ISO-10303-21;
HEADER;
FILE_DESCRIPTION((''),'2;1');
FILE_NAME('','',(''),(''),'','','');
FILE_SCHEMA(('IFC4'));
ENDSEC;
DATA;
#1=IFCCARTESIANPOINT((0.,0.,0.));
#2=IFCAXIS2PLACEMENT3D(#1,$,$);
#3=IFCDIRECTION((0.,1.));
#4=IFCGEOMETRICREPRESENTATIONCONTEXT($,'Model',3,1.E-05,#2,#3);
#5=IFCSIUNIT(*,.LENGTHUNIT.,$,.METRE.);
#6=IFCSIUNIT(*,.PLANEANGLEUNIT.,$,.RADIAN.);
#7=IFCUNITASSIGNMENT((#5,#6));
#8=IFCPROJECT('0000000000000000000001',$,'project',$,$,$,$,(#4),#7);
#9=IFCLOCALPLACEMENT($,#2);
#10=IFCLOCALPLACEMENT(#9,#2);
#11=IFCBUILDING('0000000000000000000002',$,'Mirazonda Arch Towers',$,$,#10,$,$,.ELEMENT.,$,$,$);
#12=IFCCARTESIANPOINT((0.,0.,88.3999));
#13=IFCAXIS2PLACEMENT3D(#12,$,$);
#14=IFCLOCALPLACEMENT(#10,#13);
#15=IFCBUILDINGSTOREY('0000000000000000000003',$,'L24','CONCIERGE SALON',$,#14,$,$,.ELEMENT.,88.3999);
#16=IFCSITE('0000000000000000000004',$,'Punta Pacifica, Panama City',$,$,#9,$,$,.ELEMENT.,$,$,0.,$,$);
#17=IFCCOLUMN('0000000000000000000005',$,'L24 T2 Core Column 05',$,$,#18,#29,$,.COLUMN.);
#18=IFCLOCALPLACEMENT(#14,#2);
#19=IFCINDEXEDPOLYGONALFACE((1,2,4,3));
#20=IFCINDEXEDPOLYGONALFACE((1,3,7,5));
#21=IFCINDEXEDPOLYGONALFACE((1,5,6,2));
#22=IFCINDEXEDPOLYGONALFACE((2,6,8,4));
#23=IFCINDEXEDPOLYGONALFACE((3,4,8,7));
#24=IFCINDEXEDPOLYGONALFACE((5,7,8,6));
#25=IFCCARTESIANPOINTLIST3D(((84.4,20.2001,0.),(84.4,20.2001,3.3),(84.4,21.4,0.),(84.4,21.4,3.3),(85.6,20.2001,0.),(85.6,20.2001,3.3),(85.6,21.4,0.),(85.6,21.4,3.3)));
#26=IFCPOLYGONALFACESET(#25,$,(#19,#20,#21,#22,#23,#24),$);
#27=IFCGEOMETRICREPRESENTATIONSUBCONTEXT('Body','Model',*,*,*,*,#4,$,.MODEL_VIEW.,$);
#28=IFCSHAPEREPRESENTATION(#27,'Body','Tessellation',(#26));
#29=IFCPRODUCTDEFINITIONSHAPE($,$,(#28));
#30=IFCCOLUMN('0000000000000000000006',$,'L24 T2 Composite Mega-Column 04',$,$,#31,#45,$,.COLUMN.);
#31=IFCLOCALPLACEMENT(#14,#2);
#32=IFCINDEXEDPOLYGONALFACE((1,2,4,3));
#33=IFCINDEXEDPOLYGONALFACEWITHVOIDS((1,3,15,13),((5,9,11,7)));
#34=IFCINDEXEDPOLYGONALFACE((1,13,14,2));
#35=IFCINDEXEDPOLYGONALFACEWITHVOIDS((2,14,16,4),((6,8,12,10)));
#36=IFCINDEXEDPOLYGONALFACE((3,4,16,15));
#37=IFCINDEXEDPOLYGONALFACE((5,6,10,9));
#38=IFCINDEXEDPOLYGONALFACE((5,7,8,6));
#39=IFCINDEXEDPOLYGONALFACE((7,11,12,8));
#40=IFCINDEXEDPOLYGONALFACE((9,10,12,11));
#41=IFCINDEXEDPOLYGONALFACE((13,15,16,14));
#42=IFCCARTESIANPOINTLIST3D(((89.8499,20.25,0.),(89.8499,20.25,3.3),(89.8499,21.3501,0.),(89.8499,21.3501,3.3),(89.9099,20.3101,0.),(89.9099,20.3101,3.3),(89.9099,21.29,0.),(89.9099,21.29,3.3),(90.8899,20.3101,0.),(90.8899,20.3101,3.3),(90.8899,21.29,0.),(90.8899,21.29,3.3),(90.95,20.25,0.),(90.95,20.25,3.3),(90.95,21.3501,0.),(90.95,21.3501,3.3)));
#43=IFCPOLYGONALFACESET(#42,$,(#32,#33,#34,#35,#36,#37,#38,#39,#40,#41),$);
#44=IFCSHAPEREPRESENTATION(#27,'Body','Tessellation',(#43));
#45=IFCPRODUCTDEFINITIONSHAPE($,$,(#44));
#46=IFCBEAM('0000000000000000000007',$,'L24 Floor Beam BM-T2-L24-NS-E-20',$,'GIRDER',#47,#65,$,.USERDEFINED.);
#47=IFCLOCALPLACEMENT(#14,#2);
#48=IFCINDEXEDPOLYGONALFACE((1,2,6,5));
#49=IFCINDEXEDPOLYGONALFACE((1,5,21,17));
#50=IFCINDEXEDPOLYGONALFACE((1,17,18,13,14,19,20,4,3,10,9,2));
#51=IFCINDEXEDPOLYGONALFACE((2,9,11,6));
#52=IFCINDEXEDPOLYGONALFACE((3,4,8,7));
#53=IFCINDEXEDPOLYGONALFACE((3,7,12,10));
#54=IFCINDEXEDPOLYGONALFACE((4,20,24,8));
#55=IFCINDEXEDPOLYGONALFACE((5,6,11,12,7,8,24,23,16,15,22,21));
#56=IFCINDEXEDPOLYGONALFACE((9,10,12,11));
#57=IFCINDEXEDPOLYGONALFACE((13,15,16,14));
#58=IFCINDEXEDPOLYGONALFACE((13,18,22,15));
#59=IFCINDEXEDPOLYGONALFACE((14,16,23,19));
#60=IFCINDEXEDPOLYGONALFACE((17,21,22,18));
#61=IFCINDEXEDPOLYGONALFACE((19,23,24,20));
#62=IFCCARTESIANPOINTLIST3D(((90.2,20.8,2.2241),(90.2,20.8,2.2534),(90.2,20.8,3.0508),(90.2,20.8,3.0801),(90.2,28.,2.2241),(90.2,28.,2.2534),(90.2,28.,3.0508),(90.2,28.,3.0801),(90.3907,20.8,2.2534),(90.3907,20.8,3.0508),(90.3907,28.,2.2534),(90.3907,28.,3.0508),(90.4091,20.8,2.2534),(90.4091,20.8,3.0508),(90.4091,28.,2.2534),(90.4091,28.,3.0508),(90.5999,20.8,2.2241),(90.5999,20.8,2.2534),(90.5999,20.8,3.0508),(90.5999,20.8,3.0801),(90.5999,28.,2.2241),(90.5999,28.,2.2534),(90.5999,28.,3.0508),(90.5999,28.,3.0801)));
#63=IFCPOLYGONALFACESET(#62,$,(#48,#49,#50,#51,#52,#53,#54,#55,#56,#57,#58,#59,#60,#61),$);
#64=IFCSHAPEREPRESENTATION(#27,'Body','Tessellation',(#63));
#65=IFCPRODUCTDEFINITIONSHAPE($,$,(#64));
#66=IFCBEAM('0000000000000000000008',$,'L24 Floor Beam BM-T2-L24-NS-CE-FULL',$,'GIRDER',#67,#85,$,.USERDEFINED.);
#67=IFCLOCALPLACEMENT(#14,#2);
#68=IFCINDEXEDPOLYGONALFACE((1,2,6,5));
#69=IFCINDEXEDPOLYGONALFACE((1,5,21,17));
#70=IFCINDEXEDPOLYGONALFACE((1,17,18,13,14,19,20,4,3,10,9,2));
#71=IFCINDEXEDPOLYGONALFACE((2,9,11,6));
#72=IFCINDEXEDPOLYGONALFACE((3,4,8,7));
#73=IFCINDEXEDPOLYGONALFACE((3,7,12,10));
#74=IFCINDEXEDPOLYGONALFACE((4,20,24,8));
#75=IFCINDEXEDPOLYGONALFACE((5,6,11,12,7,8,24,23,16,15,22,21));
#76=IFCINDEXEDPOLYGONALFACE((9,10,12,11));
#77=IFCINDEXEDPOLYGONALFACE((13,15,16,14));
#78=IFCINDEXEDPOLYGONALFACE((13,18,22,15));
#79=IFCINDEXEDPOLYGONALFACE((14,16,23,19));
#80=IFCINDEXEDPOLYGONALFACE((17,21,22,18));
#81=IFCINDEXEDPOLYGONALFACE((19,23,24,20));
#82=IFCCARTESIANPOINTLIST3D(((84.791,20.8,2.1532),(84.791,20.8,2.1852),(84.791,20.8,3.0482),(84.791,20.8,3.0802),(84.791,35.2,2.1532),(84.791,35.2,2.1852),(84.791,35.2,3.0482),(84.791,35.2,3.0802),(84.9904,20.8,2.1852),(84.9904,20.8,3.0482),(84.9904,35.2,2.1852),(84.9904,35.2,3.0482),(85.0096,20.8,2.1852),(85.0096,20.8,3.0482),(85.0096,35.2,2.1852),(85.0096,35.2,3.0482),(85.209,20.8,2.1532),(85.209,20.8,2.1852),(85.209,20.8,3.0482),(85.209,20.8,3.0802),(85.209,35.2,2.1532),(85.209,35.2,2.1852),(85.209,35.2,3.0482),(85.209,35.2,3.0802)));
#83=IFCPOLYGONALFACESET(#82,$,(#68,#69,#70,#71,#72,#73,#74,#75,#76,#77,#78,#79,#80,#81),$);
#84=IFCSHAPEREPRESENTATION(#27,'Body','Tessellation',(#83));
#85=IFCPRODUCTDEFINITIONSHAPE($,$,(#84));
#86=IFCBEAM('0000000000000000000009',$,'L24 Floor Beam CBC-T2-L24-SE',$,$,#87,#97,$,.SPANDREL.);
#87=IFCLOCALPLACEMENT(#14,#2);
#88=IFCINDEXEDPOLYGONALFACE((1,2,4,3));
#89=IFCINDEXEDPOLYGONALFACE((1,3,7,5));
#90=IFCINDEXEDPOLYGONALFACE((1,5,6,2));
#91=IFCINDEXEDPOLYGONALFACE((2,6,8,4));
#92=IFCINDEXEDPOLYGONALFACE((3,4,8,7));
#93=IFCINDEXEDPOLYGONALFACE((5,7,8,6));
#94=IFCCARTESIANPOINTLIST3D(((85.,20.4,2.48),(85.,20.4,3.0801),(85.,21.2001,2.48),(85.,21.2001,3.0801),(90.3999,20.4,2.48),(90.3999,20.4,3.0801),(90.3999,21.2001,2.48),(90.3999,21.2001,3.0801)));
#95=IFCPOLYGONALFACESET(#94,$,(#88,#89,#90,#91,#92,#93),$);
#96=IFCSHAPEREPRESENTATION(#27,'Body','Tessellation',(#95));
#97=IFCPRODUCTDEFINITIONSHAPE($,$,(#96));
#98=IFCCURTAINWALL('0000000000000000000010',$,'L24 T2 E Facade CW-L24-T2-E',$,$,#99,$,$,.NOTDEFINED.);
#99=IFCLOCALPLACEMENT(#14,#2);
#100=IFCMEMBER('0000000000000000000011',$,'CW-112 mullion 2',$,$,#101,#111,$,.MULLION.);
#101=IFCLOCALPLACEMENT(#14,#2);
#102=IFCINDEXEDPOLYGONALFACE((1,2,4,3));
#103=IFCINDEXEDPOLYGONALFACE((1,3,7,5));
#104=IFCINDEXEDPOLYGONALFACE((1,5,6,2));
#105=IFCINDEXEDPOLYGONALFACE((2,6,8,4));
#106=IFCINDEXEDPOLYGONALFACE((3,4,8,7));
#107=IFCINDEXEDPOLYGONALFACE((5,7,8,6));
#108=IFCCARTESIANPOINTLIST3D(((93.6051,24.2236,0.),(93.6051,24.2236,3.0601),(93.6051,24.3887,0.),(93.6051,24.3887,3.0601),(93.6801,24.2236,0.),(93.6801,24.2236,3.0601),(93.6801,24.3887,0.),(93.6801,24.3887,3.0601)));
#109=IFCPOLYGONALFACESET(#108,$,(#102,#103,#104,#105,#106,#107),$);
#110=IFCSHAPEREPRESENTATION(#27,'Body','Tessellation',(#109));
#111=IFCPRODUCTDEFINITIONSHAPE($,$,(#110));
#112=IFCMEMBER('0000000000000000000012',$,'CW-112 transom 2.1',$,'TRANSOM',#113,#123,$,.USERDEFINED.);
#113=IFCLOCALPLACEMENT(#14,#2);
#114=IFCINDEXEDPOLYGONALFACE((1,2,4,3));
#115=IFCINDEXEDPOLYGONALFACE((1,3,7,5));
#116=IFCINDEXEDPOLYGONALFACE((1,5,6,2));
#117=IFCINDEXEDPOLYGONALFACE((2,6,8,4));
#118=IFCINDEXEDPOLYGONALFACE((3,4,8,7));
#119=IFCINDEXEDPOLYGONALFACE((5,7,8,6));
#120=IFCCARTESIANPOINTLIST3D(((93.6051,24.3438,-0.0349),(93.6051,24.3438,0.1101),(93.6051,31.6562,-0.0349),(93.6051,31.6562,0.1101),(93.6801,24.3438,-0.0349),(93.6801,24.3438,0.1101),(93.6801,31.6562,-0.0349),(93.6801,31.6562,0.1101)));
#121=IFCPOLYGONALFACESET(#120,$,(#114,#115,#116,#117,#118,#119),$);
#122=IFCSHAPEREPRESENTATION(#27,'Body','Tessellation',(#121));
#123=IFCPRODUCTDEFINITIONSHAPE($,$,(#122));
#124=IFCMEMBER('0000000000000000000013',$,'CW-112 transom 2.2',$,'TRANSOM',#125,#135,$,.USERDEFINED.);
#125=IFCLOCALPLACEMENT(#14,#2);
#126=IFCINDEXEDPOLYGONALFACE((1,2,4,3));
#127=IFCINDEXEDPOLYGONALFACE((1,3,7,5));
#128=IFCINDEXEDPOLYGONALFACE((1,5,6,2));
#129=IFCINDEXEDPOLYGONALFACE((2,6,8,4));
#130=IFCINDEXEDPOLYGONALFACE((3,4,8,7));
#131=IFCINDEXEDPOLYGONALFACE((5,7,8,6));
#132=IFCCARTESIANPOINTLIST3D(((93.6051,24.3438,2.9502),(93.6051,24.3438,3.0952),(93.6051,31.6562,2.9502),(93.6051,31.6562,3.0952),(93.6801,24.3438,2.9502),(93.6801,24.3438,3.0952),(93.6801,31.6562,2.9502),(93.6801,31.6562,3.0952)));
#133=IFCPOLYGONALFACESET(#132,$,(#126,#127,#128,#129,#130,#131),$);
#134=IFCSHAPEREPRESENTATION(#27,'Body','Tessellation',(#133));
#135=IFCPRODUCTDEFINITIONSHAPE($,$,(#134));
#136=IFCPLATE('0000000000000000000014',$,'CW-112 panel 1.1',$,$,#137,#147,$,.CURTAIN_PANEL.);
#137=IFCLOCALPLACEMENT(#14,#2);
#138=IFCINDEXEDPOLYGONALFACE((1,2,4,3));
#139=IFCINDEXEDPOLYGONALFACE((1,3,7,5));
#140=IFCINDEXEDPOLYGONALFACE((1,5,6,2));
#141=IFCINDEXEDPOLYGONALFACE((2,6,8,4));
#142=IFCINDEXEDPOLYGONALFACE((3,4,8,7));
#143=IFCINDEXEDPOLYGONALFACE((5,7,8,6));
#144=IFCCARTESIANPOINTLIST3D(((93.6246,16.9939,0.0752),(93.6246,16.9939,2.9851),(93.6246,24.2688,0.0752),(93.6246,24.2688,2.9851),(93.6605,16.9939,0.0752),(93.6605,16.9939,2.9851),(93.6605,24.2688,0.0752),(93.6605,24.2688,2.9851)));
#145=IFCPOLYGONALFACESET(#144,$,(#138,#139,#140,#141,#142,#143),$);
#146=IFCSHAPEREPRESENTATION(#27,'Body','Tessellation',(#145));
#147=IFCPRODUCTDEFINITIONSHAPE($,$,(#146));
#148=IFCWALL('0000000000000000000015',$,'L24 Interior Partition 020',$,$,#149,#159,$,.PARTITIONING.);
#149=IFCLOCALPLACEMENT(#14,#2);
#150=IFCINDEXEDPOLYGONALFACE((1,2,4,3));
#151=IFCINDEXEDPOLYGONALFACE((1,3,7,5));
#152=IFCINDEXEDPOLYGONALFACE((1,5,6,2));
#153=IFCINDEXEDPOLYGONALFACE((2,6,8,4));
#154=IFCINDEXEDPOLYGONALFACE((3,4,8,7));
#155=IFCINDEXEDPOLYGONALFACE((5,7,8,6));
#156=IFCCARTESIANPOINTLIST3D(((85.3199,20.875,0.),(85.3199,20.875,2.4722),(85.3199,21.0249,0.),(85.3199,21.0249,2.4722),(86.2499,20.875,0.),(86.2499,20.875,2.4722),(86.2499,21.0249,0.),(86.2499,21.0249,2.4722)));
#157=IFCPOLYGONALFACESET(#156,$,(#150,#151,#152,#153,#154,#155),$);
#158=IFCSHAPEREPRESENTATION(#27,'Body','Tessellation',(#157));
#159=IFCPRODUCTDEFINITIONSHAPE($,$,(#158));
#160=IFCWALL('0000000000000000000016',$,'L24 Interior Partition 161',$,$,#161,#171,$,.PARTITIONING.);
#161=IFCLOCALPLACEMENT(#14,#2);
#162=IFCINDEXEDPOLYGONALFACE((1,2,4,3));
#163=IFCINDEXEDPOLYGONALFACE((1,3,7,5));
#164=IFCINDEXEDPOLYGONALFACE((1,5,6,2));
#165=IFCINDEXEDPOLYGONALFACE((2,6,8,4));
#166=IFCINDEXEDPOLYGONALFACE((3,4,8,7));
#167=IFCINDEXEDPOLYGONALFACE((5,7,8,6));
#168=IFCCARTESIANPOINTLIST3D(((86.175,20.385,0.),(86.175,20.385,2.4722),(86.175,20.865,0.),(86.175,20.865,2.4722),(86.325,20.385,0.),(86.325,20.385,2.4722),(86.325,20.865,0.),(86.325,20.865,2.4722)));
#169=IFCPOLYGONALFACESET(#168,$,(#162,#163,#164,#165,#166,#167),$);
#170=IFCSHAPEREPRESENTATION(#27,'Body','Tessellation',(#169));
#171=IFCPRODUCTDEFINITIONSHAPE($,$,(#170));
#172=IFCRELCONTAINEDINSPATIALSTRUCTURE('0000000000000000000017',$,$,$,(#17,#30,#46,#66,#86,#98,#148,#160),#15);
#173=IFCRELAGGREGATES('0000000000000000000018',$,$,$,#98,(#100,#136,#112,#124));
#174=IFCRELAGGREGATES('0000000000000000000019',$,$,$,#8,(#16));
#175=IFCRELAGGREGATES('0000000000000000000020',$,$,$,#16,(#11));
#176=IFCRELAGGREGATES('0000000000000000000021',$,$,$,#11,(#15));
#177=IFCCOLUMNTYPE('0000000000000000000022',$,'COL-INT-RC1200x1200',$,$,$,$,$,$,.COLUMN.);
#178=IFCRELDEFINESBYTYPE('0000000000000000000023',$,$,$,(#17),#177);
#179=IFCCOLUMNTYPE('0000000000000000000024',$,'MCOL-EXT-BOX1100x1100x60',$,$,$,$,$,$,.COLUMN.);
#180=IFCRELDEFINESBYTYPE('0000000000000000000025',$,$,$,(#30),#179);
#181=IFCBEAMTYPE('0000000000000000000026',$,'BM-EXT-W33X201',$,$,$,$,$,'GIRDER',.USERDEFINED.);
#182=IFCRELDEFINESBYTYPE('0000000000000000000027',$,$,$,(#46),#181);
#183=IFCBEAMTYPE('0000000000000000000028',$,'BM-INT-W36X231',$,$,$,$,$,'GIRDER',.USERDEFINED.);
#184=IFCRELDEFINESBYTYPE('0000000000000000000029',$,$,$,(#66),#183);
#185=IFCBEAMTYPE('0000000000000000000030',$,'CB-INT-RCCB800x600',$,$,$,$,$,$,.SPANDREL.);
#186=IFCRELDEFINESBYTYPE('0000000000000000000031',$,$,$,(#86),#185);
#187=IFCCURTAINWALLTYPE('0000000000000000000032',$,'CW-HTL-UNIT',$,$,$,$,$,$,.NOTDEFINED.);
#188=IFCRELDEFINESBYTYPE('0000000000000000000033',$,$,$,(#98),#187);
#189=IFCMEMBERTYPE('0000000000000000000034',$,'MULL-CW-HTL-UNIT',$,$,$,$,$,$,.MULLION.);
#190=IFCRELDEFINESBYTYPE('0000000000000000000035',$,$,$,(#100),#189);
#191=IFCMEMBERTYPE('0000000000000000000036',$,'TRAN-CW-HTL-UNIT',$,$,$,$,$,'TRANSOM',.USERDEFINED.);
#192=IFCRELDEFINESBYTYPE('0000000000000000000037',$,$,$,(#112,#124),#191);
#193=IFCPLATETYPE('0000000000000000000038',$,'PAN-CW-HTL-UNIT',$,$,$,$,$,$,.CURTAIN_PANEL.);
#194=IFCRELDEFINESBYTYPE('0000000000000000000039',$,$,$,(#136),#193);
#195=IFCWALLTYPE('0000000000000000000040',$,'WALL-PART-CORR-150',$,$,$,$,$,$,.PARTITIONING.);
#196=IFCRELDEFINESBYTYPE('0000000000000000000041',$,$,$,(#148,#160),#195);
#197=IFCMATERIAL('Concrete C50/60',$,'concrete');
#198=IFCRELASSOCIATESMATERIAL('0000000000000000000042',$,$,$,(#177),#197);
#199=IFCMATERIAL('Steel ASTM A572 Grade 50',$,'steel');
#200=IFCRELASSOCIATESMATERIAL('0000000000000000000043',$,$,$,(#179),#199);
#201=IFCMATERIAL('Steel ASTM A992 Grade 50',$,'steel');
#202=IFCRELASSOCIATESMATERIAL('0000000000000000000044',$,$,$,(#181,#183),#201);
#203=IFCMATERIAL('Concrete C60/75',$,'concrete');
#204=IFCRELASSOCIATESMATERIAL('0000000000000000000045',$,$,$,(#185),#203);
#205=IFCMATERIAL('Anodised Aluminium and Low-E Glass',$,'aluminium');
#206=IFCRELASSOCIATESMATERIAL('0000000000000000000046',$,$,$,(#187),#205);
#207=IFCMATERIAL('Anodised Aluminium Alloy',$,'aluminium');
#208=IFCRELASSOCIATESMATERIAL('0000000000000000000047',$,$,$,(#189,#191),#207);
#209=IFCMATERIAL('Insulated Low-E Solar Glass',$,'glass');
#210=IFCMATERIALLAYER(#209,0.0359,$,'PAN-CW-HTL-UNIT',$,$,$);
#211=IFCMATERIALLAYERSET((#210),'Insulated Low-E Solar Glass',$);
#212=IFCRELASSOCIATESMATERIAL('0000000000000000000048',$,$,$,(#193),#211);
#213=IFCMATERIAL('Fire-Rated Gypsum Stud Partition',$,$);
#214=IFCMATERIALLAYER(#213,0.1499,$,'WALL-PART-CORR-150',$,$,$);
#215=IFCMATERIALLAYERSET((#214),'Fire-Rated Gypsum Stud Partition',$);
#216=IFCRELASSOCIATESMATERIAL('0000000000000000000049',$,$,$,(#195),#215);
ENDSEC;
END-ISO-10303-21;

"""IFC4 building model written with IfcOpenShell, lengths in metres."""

from ifc_helpers import new_model, si_unit, direction, frame, frame_2d, origin, origin_2d, place, context, subcontext, project, spatial, rectangle, hollow_rectangle, i_section, extrude, material, layer, layer_set, material_profile, profile_set, type_object, element, aggregate, save


model = new_model("IFC4")

# Units and contexts
model_context = context("Model", 3, precision=1e-05, world=origin(), true_north=direction((0.0, 1.0)))
body_context = subcontext(model_context, "Body", "Model", "MODEL_VIEW")
ifc_project = project(units=[si_unit("LENGTHUNIT", "METRE"), si_unit("PLANEANGLEUNIT", "RADIAN")], contexts=[model_context])

# Site, building, storey
site_placement = place(None, origin())
site = spatial("IfcSite", under=ifc_project, at=site_placement, Name="Punta Pacifica, Panama City", CompositionType="ELEMENT", RefElevation=0.0)
building_placement = place(site_placement, origin())
building = spatial("IfcBuilding", under=site, at=building_placement, Name="Mirazonda Arch Towers", CompositionType="ELEMENT")
storey_placement = place(building_placement, frame((0.0, 0.0, 88.3999)))
storey = spatial("IfcBuildingStorey", under=building, at=storey_placement, Name="L24", Description="CONCIERGE SALON", CompositionType="ELEMENT", Elevation=88.3999)

# Columns
ifc_material_1 = material(Name="Concrete C50/60", Category="concrete")
ifc_material_profile_1 = material_profile(ifc_material_1, rectangle(XDim=1.2, YDim=1.2, at=origin_2d()), Name="RC1200x1200")
ifc_profile_set_1 = profile_set([ifc_material_profile_1], Name="Concrete C50/60")
column_type_1 = type_object("IfcColumnType", Name="COL-INT-RC1200x1200", PredefinedType="COLUMN", material=ifc_profile_set_1)
column_1_placement = place(storey_placement, frame((85.0, 20.8, 0.0), z_axis=(0.0, 0.0, 1.0), x_axis=(1.0, 0.0, 0.0)))
element("IfcColumn", 1, at=column_1_placement, inside=storey, type_object=column_type_1, Name="L24 T2 Core Column 05", PredefinedType="COLUMN", context=body_context, shape_type="SweptSolid", body=[
    extrude(rectangle(XDim=1.2, YDim=1.2, at=origin_2d()), origin(), (0.0, 0.0, 1.0), 3.3),
])
ifc_material_2 = material(Name="Steel ASTM A572 Grade 50", Category="steel")
ifc_material_profile_2 = material_profile(ifc_material_2, hollow_rectangle(XDim=1.1001, YDim=1.1001, WallThickness=0.0601, at=origin_2d()), Name="BOX1100x1100x60")
ifc_profile_set_2 = profile_set([ifc_material_profile_2], Name="Steel ASTM A572 Grade 50")
column_type_2 = type_object("IfcColumnType", Name="MCOL-EXT-BOX1100x1100x60", PredefinedType="COLUMN", material=ifc_profile_set_2)
column_2_placement = place(storey_placement, frame((90.3999, 20.8, 0.0), z_axis=(0.0, 0.0, 1.0), x_axis=(1.0, 0.0, 0.0)))
element("IfcColumn", 2, at=column_2_placement, inside=storey, type_object=column_type_2, Name="L24 T2 Composite Mega-Column 04", PredefinedType="COLUMN", context=body_context, shape_type="SweptSolid", body=[
    extrude(hollow_rectangle(XDim=1.1001, YDim=1.1001, WallThickness=0.0601, at=origin_2d()), origin(), (0.0, 0.0, 1.0), 3.3),
])

# Beams
ifc_material_3 = material(Name="Steel ASTM A992 Grade 50", Category="steel")
ifc_material_profile_3 = material_profile(ifc_material_3, i_section(OverallWidth=0.3999, OverallDepth=0.856, WebThickness=0.0183, FlangeThickness=0.0293, at=origin_2d()), Name="W33X201")
ifc_profile_set_3 = profile_set([ifc_material_profile_3], Name="Steel ASTM A992 Grade 50")
beam_type_1 = type_object("IfcBeamType", Name="BM-EXT-W33X201", ElementType="GIRDER", PredefinedType="USERDEFINED", material=ifc_profile_set_3)
beam_1_placement = place(storey_placement, frame((90.3999, 20.8, 2.6521), z_axis=(0.0, 1.0, 0.0), x_axis=(-1.0, 0.0, 0.0)))
element("IfcBeam", 3, at=beam_1_placement, inside=storey, type_object=beam_type_1, Name="L24 Floor Beam BM-T2-L24-NS-E-20", ObjectType="GIRDER", PredefinedType="USERDEFINED", context=body_context, shape_type="SweptSolid", body=[
    extrude(i_section(OverallWidth=0.3999, OverallDepth=0.856, WebThickness=0.0183, FlangeThickness=0.0293, at=origin_2d()), origin(), (0.0, 0.0, 1.0), 7.2),
])
ifc_material_profile_4 = material_profile(ifc_material_3, i_section(OverallWidth=0.418, OverallDepth=0.927, WebThickness=0.0193, FlangeThickness=0.032, at=origin_2d()), Name="W36X231")
ifc_profile_set_4 = profile_set([ifc_material_profile_4], Name="Steel ASTM A992 Grade 50")
beam_type_2 = type_object("IfcBeamType", Name="BM-INT-W36X231", ElementType="GIRDER", PredefinedType="USERDEFINED", material=ifc_profile_set_4)
beam_2_placement = place(storey_placement, frame((85.0, 20.8, 2.6167), z_axis=(0.0, 1.0, 0.0), x_axis=(-1.0, 0.0, 0.0)))
element("IfcBeam", 4, at=beam_2_placement, inside=storey, type_object=beam_type_2, Name="L24 Floor Beam BM-T2-L24-NS-CE-FULL", ObjectType="GIRDER", PredefinedType="USERDEFINED", context=body_context, shape_type="SweptSolid", body=[
    extrude(i_section(OverallWidth=0.418, OverallDepth=0.927, WebThickness=0.0193, FlangeThickness=0.032, at=origin_2d()), origin(), (0.0, 0.0, 1.0), 14.3999),
])
ifc_material_4 = material(Name="Concrete C60/75", Category="concrete")
ifc_material_profile_5 = material_profile(ifc_material_4, rectangle(XDim=0.8, YDim=0.6001, at=origin_2d()), Name="RCCB800x600")
ifc_profile_set_5 = profile_set([ifc_material_profile_5], Name="Concrete C60/75")
beam_type_3 = type_object("IfcBeamType", Name="CB-INT-RCCB800x600", PredefinedType="SPANDREL", material=ifc_profile_set_5)
beam_3_placement = place(storey_placement, frame((85.0, 20.8, 2.78), z_axis=(1.0, 0.0, 0.0), x_axis=(0.0, 1.0, 0.0)))
element("IfcBeam", 5, at=beam_3_placement, inside=storey, type_object=beam_type_3, Name="L24 Floor Beam CBC-T2-L24-SE", PredefinedType="SPANDREL", context=body_context, shape_type="SweptSolid", body=[
    extrude(rectangle(XDim=0.8, YDim=0.6001, at=origin_2d()), origin(), (0.0, 0.0, 1.0), 5.3999),
])

# Curtain wall, members, plate
ifc_material_5 = material(Name="Anodised Aluminium and Low-E Glass", Category="aluminium")
curtain_wall_type = type_object("IfcCurtainWallType", Name="CW-HTL-UNIT", PredefinedType="NOTDEFINED", material=ifc_material_5)
curtain_wall_placement = place(storey_placement, origin())
curtain_wall = element("IfcCurtainWall", 6, at=curtain_wall_placement, inside=storey, type_object=curtain_wall_type, Name="L24 T2 E Facade CW-L24-T2-E", PredefinedType="NOTDEFINED")
ifc_material_6 = material(Name="Anodised Aluminium Alloy", Category="aluminium")
ifc_material_profile_6 = material_profile(ifc_material_6, rectangle(XDim=0.075, YDim=0.165, at=origin_2d()), Name="ALU-MULL-75x165")
ifc_profile_set_6 = profile_set([ifc_material_profile_6], Name="Anodised Aluminium Alloy")
member_type_1 = type_object("IfcMemberType", Name="MULL-CW-HTL-UNIT", PredefinedType="MULLION", material=ifc_profile_set_6)
member_1_placement = place(storey_placement, frame((93.6426, 24.3062, 0.0), z_axis=(0.0, 0.0, 1.0), x_axis=(-1.0, 0.0, 0.0)))
member_1 = element("IfcMember", 7, at=member_1_placement, type_object=member_type_1, Name="CW-112 mullion 2", PredefinedType="MULLION", context=body_context, shape_type="SweptSolid", body=[
    extrude(rectangle(XDim=0.075, YDim=0.165, at=origin_2d()), origin(), (0.0, 0.0, 1.0), 3.0601),
])
ifc_material_profile_7 = material_profile(ifc_material_6, rectangle(XDim=0.075, YDim=0.145, at=origin_2d()), Name="ALU-TRAN-75x145")
ifc_profile_set_7 = profile_set([ifc_material_profile_7], Name="Anodised Aluminium Alloy")
member_type_2 = type_object("IfcMemberType", Name="TRAN-CW-HTL-UNIT", ElementType="TRANSOM", PredefinedType="USERDEFINED", material=ifc_profile_set_7)
member_2_placement = place(storey_placement, frame((93.6426, 24.3438, 0.0376), z_axis=(0.0, 1.0, 0.0), x_axis=(-1.0, 0.0, 0.0)))
member_2 = element("IfcMember", 8, at=member_2_placement, type_object=member_type_2, Name="CW-112 transom 2.1", ObjectType="TRANSOM", PredefinedType="USERDEFINED", context=body_context, shape_type="SweptSolid", body=[
    extrude(rectangle(XDim=0.075, YDim=0.145, at=origin_2d()), origin(), (0.0, 0.0, 1.0), 7.3125),
])
member_3_placement = place(storey_placement, frame((93.6426, 24.3438, 3.0227), z_axis=(0.0, 1.0, 0.0), x_axis=(-1.0, 0.0, 0.0)))
member_3 = element("IfcMember", 9, at=member_3_placement, type_object=member_type_2, Name="CW-112 transom 2.2", ObjectType="TRANSOM", PredefinedType="USERDEFINED", context=body_context, shape_type="SweptSolid", body=[
    extrude(rectangle(XDim=0.075, YDim=0.145, at=origin_2d()), origin(), (0.0, 0.0, 1.0), 7.3125),
])
ifc_material_7 = material(Name="Insulated Low-E Solar Glass", Category="glass")
ifc_layer_1 = layer(ifc_material_7, 0.0359, Name="PAN-CW-HTL-UNIT")
ifc_layer_set_1 = layer_set([ifc_layer_1], Name="Insulated Low-E Solar Glass")
plate_type = type_object("IfcPlateType", Name="PAN-CW-HTL-UNIT", PredefinedType="CURTAIN_PANEL", material=ifc_layer_set_1)
plate_placement = place(storey_placement, frame((93.6426, 20.6313, 0.0752), z_axis=(0.0, 0.0, 1.0), x_axis=(0.0, 1.0, 0.0)))
plate = element("IfcPlate", 10, at=plate_placement, type_object=plate_type, Name="CW-112 panel 1.1", PredefinedType="CURTAIN_PANEL", context=body_context, shape_type="SweptSolid", body=[
    extrude(rectangle(XDim=7.2749, YDim=0.0359, at=origin_2d()), origin(), (0.0, 0.0, 1.0), 2.9099),
])
aggregate(curtain_wall, [member_1, plate, member_2, member_3])

# Walls
ifc_material_8 = material(Name="Fire-Rated Gypsum Stud Partition")
ifc_layer_2 = layer(ifc_material_8, 0.1499, Name="WALL-PART-CORR-150")
ifc_layer_set_2 = layer_set([ifc_layer_2], Name="Fire-Rated Gypsum Stud Partition")
wall_type_1 = type_object("IfcWallType", Name="WALL-PART-CORR-150", PredefinedType="PARTITIONING", material=ifc_layer_set_2)
wall_1_placement = place(storey_placement, frame((85.3201, 20.95, 0.0), z_axis=(0.0, 0.0, 1.0), x_axis=(1.0, 0.0, 0.0)))
element("IfcWall", 11, at=wall_1_placement, inside=storey, type_object=wall_type_1, Name="L24 Interior Partition 020", PredefinedType="PARTITIONING", context=body_context, shape_type="SweptSolid", body=[
    extrude(rectangle(XDim=0.9299, YDim=0.1499, at=frame_2d((0.4648, 0.0))), origin(), (0.0, 0.0, 1.0), 2.4722),
])
wall_2_placement = place(storey_placement, frame((86.25, 20.385, 0.0), z_axis=(0.0, 0.0, 1.0), x_axis=(0.0, 1.0, 0.0)))
element("IfcWall", 12, at=wall_2_placement, inside=storey, type_object=wall_type_1, Name="L24 Interior Partition 161", PredefinedType="PARTITIONING", context=body_context, shape_type="SweptSolid", body=[
    extrude(rectangle(XDim=0.48, YDim=0.1499, at=frame_2d((0.24, 0.0))), origin(), (0.0, 0.0, 1.0), 2.4722),
])

save(model, "model.ifc")
